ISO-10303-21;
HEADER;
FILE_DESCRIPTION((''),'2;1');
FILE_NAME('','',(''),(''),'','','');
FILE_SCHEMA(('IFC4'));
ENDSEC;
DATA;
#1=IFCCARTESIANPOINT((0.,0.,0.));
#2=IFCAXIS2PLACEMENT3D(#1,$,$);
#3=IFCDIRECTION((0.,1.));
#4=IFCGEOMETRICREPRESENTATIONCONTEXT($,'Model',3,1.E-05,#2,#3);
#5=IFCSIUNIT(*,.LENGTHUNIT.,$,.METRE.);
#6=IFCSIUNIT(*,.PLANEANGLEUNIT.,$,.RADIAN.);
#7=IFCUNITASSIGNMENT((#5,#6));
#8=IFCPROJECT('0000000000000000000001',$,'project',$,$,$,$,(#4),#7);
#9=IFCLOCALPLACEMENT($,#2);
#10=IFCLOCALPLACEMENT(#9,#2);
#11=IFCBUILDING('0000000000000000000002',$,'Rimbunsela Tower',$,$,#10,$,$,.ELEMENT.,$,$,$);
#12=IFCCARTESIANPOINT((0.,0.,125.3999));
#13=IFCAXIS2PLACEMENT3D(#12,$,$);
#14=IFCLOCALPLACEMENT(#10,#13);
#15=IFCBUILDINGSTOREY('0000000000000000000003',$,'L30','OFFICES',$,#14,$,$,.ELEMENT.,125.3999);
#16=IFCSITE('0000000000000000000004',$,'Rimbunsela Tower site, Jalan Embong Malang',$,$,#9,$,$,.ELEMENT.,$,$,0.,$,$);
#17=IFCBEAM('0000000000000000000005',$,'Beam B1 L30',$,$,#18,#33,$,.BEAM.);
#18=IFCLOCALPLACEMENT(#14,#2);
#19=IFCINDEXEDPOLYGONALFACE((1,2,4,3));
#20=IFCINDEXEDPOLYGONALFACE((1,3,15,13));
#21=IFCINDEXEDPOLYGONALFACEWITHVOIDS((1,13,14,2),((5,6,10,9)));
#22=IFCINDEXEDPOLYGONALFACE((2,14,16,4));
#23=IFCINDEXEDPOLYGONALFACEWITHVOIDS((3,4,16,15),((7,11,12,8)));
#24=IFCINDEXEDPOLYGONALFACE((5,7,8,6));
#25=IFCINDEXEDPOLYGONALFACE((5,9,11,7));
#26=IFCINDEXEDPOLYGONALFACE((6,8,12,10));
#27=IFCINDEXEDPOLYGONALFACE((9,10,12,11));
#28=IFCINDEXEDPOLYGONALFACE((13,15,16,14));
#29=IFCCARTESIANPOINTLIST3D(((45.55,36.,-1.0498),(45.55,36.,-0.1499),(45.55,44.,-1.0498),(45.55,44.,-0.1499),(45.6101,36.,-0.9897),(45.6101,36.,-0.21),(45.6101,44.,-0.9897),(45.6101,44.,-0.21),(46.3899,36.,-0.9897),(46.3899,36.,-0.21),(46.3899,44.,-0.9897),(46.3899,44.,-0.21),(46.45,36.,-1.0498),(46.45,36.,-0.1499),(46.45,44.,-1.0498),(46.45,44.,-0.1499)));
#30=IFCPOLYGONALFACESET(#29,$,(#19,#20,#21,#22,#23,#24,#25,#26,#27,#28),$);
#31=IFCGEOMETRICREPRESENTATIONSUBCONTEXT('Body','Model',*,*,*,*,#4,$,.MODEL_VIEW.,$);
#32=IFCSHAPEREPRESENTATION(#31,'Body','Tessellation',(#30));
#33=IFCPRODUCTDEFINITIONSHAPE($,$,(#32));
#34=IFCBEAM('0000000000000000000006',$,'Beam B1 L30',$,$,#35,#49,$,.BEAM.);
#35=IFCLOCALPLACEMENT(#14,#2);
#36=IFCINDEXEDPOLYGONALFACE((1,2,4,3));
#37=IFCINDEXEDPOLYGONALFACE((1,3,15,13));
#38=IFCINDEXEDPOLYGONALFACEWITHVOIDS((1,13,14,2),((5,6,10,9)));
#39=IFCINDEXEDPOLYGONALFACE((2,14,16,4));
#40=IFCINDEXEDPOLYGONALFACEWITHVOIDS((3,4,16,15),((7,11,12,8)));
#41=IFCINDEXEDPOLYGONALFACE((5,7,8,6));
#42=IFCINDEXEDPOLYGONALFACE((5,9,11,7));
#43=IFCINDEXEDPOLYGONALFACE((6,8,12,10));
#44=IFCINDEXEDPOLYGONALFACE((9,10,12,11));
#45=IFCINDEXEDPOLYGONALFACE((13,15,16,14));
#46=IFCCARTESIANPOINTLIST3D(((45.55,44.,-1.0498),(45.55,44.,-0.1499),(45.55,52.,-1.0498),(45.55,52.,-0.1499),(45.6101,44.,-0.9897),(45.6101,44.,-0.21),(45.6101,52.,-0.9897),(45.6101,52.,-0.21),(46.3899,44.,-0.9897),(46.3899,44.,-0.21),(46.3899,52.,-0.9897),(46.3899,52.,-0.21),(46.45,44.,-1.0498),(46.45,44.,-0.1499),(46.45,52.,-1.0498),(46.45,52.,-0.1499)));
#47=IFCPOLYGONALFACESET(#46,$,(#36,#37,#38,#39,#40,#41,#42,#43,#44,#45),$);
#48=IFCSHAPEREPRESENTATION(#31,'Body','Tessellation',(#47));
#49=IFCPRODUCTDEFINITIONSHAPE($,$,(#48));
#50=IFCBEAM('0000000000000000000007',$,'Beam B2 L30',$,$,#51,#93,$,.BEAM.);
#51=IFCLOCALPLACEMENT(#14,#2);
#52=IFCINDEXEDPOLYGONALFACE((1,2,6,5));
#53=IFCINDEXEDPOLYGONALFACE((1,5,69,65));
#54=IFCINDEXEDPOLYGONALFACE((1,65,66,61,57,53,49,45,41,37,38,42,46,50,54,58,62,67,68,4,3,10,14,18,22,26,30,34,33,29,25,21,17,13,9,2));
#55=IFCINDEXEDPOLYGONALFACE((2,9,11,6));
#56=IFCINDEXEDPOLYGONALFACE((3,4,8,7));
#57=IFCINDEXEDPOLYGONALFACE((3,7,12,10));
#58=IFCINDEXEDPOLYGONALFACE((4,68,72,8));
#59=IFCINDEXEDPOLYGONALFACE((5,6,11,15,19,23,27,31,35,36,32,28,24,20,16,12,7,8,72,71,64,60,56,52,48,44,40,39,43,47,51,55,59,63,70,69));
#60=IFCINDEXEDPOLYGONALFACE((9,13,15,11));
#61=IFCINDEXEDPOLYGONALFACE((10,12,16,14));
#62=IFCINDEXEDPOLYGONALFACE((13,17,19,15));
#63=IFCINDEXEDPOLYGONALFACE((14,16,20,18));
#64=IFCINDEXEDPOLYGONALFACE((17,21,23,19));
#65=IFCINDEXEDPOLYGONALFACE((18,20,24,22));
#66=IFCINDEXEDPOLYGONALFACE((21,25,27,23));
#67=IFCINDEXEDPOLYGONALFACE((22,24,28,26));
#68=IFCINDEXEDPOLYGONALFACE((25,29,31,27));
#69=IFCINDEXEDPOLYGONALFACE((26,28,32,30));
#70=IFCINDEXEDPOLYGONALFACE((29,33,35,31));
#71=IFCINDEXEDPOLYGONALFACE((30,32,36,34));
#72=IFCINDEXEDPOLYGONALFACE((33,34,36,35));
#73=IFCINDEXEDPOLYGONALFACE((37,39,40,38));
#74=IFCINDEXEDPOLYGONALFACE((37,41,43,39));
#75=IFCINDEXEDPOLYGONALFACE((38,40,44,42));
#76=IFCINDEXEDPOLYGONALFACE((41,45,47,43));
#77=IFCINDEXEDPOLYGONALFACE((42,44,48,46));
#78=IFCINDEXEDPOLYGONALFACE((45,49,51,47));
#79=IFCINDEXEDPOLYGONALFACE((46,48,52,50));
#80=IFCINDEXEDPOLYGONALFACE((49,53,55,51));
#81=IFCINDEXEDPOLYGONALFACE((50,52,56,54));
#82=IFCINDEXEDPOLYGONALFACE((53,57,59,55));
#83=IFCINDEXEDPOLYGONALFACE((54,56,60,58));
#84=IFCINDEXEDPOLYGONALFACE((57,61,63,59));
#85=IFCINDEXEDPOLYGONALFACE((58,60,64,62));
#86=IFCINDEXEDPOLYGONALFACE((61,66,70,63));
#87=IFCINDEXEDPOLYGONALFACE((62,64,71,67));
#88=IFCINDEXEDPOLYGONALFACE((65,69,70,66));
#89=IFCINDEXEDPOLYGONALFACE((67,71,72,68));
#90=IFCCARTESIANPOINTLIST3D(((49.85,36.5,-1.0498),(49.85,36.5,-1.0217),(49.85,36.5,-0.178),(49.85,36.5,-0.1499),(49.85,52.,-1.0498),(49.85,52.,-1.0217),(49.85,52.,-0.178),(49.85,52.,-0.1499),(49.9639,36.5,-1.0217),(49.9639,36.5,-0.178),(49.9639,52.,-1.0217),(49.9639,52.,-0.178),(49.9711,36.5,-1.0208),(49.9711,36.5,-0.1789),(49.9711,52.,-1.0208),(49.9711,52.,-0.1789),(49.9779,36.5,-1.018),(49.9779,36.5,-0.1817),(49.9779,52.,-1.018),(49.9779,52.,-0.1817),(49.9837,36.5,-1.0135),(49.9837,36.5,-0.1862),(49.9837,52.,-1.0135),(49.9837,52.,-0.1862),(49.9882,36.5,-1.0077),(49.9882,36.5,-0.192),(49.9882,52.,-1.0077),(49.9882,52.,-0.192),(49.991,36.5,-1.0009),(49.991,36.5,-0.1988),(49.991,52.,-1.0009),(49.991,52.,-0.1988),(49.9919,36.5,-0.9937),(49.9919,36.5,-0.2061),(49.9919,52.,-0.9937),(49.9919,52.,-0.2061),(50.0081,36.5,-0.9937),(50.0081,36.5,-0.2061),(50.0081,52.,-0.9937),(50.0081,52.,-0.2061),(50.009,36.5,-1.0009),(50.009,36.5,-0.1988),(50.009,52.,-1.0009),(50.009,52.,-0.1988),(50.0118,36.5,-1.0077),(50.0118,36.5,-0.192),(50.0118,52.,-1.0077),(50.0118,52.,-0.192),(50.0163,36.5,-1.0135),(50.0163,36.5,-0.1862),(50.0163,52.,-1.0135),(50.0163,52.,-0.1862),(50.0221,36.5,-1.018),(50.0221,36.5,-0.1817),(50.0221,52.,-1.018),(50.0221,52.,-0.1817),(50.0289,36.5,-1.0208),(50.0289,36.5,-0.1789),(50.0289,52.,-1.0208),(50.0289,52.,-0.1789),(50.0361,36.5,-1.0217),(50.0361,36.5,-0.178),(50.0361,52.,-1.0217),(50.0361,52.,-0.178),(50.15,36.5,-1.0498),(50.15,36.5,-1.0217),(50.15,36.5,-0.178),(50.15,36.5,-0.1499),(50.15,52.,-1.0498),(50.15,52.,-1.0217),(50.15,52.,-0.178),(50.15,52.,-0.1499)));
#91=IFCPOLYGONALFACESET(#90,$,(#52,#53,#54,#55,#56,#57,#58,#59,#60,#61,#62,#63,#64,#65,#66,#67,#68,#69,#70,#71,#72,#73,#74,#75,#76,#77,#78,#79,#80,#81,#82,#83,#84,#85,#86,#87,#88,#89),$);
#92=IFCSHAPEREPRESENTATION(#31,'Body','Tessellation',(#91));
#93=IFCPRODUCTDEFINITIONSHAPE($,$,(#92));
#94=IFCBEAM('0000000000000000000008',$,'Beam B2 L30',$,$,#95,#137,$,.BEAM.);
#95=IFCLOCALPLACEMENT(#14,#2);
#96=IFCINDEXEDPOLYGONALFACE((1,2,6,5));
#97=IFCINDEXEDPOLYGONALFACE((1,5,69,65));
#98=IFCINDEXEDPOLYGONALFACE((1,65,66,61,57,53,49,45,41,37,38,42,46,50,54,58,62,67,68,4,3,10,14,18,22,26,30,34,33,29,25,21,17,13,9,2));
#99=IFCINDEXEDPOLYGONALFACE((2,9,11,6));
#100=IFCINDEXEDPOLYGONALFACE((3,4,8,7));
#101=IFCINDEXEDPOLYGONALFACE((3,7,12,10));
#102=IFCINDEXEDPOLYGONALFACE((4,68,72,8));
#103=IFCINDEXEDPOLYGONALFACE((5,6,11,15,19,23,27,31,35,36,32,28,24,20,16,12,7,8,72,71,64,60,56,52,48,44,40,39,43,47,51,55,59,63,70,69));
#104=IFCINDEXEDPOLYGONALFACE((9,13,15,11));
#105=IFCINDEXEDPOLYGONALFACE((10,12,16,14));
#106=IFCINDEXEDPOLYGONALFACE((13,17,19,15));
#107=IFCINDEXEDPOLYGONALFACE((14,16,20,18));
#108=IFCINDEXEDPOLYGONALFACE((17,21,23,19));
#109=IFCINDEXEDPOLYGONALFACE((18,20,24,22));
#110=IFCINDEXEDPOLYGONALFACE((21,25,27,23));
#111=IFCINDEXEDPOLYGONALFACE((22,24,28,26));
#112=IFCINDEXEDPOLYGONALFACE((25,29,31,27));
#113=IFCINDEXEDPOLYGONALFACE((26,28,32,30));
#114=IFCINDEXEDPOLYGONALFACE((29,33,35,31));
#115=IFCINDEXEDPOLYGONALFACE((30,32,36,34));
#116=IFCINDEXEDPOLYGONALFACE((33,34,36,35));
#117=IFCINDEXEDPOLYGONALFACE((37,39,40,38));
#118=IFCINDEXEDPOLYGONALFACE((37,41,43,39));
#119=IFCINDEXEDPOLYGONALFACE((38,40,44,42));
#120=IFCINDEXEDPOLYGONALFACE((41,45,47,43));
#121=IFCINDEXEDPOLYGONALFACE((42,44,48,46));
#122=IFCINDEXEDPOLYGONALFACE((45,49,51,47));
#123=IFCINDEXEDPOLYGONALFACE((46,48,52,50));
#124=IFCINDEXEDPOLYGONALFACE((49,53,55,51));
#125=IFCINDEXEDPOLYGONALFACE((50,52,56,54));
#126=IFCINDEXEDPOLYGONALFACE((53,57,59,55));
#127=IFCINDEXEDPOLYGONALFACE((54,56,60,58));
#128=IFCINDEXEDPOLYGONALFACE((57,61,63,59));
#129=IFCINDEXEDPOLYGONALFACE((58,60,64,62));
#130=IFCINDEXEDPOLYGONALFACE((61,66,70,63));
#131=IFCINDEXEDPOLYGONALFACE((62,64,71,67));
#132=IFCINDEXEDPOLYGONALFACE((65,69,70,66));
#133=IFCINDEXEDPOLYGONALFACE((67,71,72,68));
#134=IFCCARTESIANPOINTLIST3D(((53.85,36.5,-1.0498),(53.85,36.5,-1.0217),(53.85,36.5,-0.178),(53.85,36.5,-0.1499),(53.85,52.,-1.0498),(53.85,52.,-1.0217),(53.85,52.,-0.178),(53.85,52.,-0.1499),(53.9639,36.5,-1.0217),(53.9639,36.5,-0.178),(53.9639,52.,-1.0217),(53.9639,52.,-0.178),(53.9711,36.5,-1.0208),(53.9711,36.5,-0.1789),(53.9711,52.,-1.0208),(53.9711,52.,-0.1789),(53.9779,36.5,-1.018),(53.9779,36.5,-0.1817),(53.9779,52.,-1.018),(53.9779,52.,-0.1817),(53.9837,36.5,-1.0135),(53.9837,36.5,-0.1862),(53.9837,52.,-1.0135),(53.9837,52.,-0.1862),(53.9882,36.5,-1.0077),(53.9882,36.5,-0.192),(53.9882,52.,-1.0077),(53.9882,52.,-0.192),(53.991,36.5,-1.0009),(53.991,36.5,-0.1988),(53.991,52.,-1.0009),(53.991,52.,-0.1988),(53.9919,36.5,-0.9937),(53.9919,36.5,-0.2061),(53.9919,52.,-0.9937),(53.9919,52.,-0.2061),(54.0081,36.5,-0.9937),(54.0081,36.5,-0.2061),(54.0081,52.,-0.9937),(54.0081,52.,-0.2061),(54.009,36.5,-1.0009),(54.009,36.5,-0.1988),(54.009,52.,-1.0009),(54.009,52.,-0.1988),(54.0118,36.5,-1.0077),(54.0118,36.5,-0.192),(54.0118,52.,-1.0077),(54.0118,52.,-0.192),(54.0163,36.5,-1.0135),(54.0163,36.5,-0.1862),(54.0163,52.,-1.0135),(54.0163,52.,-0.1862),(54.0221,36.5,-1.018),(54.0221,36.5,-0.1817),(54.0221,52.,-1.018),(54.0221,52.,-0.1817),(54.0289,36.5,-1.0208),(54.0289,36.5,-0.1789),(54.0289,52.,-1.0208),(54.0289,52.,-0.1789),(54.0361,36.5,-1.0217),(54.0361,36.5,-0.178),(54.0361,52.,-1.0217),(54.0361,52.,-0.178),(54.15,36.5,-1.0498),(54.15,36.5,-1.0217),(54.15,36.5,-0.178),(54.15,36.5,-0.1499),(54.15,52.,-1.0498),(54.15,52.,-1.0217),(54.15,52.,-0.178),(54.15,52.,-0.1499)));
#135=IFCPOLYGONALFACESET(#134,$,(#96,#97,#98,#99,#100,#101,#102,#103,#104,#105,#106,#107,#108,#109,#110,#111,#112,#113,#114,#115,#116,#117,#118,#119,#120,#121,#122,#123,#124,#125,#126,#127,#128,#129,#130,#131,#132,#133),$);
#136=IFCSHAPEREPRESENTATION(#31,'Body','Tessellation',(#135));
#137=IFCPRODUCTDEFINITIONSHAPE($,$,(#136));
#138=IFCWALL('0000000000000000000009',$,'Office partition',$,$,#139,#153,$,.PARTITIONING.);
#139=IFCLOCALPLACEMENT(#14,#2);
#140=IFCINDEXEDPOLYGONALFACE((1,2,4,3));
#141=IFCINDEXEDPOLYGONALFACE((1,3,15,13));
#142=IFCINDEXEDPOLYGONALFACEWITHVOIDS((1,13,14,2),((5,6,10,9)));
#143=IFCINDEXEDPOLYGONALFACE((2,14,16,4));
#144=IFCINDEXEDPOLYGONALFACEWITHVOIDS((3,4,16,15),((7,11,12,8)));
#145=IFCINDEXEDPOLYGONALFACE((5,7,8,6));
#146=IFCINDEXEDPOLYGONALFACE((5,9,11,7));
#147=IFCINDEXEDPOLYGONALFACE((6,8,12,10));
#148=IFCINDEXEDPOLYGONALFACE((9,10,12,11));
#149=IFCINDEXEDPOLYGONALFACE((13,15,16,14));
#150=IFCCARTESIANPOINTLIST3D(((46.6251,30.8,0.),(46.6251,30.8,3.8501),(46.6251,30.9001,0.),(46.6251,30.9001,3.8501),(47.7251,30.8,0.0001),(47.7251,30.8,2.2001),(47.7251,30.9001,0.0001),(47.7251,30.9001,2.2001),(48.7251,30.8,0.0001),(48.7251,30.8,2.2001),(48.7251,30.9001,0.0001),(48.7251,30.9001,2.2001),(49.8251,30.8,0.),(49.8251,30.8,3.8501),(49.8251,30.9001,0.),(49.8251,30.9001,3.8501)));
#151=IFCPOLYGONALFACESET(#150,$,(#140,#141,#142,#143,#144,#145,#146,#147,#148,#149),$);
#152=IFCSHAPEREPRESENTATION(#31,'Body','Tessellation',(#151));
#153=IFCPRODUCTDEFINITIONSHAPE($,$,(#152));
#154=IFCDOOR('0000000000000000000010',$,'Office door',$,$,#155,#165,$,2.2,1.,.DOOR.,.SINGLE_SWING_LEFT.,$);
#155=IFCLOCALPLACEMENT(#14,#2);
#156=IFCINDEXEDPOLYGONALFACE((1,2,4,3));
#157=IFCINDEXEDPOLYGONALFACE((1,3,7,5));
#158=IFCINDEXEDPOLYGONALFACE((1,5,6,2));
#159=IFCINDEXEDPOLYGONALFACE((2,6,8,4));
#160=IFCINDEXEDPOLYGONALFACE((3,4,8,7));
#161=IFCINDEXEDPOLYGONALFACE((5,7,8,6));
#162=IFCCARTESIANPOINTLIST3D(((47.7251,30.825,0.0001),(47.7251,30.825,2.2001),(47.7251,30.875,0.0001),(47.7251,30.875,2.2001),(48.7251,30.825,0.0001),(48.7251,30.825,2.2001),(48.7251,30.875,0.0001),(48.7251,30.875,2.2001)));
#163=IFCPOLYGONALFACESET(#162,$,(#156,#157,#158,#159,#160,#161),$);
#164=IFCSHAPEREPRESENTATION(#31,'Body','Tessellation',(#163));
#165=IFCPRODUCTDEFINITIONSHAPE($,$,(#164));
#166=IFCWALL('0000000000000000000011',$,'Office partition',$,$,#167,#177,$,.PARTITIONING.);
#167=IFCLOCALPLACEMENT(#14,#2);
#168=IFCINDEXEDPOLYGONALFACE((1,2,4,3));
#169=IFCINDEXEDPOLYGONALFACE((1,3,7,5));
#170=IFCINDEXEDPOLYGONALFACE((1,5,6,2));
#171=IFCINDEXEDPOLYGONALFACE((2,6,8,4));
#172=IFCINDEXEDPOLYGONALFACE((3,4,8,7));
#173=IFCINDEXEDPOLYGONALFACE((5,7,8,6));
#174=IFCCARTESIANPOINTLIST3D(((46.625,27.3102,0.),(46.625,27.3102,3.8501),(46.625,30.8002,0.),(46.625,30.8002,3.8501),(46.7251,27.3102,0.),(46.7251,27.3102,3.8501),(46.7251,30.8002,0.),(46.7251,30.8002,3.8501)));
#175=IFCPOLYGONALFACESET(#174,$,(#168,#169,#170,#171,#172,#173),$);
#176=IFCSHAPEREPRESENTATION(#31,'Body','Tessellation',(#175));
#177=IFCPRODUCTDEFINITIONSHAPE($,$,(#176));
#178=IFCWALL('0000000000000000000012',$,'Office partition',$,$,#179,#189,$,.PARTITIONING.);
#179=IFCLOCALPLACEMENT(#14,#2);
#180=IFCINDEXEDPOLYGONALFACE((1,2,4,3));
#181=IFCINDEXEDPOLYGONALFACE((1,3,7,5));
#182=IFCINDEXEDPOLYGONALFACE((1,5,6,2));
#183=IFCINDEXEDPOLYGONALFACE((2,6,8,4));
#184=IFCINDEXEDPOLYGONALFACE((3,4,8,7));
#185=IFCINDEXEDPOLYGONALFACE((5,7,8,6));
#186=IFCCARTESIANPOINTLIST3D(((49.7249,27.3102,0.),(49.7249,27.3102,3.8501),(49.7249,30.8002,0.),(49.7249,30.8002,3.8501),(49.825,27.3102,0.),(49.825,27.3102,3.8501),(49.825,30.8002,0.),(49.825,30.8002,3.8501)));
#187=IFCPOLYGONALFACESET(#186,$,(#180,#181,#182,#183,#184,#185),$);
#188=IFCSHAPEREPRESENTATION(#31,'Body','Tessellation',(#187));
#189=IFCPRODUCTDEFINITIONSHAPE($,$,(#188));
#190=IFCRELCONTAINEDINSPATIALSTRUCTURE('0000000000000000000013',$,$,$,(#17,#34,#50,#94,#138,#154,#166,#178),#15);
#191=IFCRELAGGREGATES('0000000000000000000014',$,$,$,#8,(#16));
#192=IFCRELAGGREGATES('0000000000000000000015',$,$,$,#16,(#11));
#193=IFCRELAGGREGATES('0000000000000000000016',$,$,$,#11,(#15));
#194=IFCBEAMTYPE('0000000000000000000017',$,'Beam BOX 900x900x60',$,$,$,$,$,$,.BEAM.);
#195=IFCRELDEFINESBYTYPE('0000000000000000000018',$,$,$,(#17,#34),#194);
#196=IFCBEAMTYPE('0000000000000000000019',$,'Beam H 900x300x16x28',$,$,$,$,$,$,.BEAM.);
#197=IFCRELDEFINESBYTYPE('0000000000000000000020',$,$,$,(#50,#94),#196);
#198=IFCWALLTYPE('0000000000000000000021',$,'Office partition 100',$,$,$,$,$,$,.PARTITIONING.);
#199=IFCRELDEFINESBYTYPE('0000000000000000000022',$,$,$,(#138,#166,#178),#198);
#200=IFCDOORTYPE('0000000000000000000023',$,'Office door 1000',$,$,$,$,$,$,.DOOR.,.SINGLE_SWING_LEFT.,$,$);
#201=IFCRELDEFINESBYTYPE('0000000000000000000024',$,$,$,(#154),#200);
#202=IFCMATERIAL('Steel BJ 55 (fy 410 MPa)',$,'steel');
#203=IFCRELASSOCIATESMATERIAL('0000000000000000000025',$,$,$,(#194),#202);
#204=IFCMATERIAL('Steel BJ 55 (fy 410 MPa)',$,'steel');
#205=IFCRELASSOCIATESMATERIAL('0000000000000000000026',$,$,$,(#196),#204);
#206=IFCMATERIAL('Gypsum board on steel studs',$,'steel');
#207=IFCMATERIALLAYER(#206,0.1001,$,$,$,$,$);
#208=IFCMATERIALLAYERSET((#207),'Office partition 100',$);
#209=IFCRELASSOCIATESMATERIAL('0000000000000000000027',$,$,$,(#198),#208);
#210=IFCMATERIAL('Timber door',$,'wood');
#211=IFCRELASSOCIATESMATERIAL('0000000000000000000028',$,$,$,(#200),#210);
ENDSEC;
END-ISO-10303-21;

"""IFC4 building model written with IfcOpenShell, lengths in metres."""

from ifc_helpers import new_model, si_unit, direction, frame, frame_2d, origin, origin_2d, place, context, subcontext, project, spatial, rectangle, hollow_rectangle, i_section, extrude, material, layer, layer_set, material_profile, profile_set, type_object, element, fill, save


model = new_model("IFC4")

# Units and contexts
model_context = context("Model", 3, precision=1e-05, world=origin(), true_north=direction((0.0, 1.0)))
body_context = subcontext(model_context, "Body", "Model", "MODEL_VIEW")
ifc_project = project(units=[si_unit("LENGTHUNIT", "METRE"), si_unit("PLANEANGLEUNIT", "RADIAN")], contexts=[model_context])

# Site, building, storey
site_placement = place(None, origin())
site = spatial("IfcSite", under=ifc_project, at=site_placement, Name="Rimbunsela Tower site, Jalan Embong Malang", CompositionType="ELEMENT", RefElevation=0.0)
building_placement = place(site_placement, origin())
building = spatial("IfcBuilding", under=site, at=building_placement, Name="Rimbunsela Tower", CompositionType="ELEMENT")
storey_placement = place(building_placement, frame((0.0, 0.0, 125.3999)))
storey = spatial("IfcBuildingStorey", under=building, at=storey_placement, Name="L30", Description="OFFICES", CompositionType="ELEMENT", Elevation=125.3999)

# Beams
ifc_material_1 = material(Name="Steel BJ 55 (fy 410 MPa)", Category="steel")
ifc_material_profile_1 = material_profile(ifc_material_1, hollow_rectangle(XDim=0.8999, YDim=0.8999, WallThickness=0.0601, at=origin_2d()), Name="BOX 900x900x60")
ifc_profile_set_1 = profile_set([ifc_material_profile_1], Name="Steel BJ 55 (fy 410 MPa)")
beam_type_1 = type_object("IfcBeamType", Name="Beam BOX 900x900x60", PredefinedType="BEAM", material=ifc_profile_set_1)
for number, where, z_axis, x_axis, name in (
    (1, (46.0, 36.0, -0.5999), (0.0, 1.0, 0.0), (-1.0, 0.0, 0.0), "Beam B1 L30"),
    (2, (46.0, 44.0, -0.5999), (0.0, 1.0, 0.0), (-1.0, 0.0, 0.0), "Beam B1 L30"),
):
    element("IfcBeam", number, at=place(storey_placement, frame(where, z_axis=z_axis, x_axis=x_axis)), inside=storey, type_object=beam_type_1, Name=name, PredefinedType="BEAM", context=body_context, shape_type="SweptSolid", body=[
        extrude(hollow_rectangle(XDim=0.8999, YDim=0.8999, WallThickness=0.0601, at=origin_2d()), origin(), (0.0, 0.0, 1.0), 8.0),
    ])
ifc_material_2 = material(Name="Steel BJ 55 (fy 410 MPa)", Category="steel")
ifc_material_profile_2 = material_profile(ifc_material_2, i_section(OverallWidth=0.3, OverallDepth=0.8999, WebThickness=0.0161, FlangeThickness=0.0281, FilletRadius=0.0281, at=origin_2d()), Name="H 900x300x16x28")
ifc_profile_set_2 = profile_set([ifc_material_profile_2], Name="Steel BJ 55 (fy 410 MPa)")
beam_type_2 = type_object("IfcBeamType", Name="Beam H 900x300x16x28", PredefinedType="BEAM", material=ifc_profile_set_2)
for number, where, z_axis, x_axis, name in (
    (3, (50.0, 36.5, -0.5999), (0.0, 1.0, 0.0), (-1.0, 0.0, 0.0), "Beam B2 L30"),
    (4, (54.0, 36.5, -0.5999), (0.0, 1.0, 0.0), (-1.0, 0.0, 0.0), "Beam B2 L30"),
):
    element("IfcBeam", number, at=place(storey_placement, frame(where, z_axis=z_axis, x_axis=x_axis)), inside=storey, type_object=beam_type_2, Name=name, PredefinedType="BEAM", context=body_context, shape_type="SweptSolid", body=[
        extrude(i_section(OverallWidth=0.3, OverallDepth=0.8999, WebThickness=0.0161, FlangeThickness=0.0281, FilletRadius=0.0281, at=origin_2d()), origin(), (0.0, 0.0, 1.0), 15.5),
    ])

# Wall, opening, door
ifc_material_3 = material(Name="Gypsum board on steel studs", Category="steel")
ifc_layer_1 = layer(ifc_material_3, 0.1001)
ifc_layer_set_1 = layer_set([ifc_layer_1], Name="Office partition 100")
wall_type_1 = type_object("IfcWallType", Name="Office partition 100", PredefinedType="PARTITIONING", material=ifc_layer_set_1)
wall_1_placement = place(storey_placement, frame((46.625, 30.8501, 0.0), z_axis=(0.0, 0.0, 1.0), x_axis=(1.0, 0.0, 0.0)))
wall_1 = element("IfcWall", 5, at=wall_1_placement, inside=storey, type_object=wall_type_1, Name="Office partition", PredefinedType="PARTITIONING", context=body_context, shape_type="SweptSolid", body=[
    extrude(rectangle(XDim=3.2, YDim=0.1001, at=frame_2d((1.6001, 0.0))), origin(), (0.0, 0.0, 1.0), 3.8501),
])
opening_1_placement = place(wall_1_placement, frame((1.1001, 0.0, 0.0)))
opening_1 = element("IfcOpeningElement", 6, at=opening_1_placement, cuts=wall_1, PredefinedType="OPENING", context=body_context, shape_type="SweptSolid", body=[
    extrude(rectangle(XDim=1.0, YDim=2.2, at=frame_2d((0.5, 1.1001))), frame((0.0, 0.0601, 0.0), z_axis=(0.0, -1.0, 0.0), x_axis=(1.0, 0.0, 0.0)), (0.0, 0.0, 1.0), 0.1201),
])
ifc_material_4 = material(Name="Timber door", Category="wood")
door_type = type_object("IfcDoorType", Name="Office door 1000", OperationType="SINGLE_SWING_LEFT", PredefinedType="DOOR", material=ifc_material_4)
door_placement = place(opening_1_placement, origin())
door = element("IfcDoor", 7, at=door_placement, inside=storey, type_object=door_type, Name="Office door", OperationType="SINGLE_SWING_LEFT", OverallHeight=2.2, OverallWidth=1.0, PredefinedType="DOOR", context=body_context, shape_type="SweptSolid", body=[
    extrude(rectangle(XDim=1.0, YDim=2.2, at=frame_2d((0.5, 1.1001))), frame((0.0, 0.0249, 0.0), z_axis=(0.0, -1.0, 0.0), x_axis=(1.0, 0.0, 0.0)), (0.0, 0.0, 1.0), 0.05),
])
fill(opening_1, door)

# Walls
for number, where, z_axis, x_axis, name in (
    (8, (46.675, 27.3101, 0.0), (0.0, 0.0, 1.0), (0.0, 1.0, 0.0), "Office partition"),
    (9, (49.7749, 27.3101, 0.0), (0.0, 0.0, 1.0), (0.0, 1.0, 0.0), "Office partition"),
):
    element("IfcWall", number, at=place(storey_placement, frame(where, z_axis=z_axis, x_axis=x_axis)), inside=storey, type_object=wall_type_1, Name=name, PredefinedType="PARTITIONING", context=body_context, shape_type="SweptSolid", body=[
        extrude(rectangle(XDim=3.49, YDim=0.1001, at=frame_2d((1.7451, 0.0))), origin(), (0.0, 0.0, 1.0), 3.8501),
    ])

save(model, "model.ifc")
